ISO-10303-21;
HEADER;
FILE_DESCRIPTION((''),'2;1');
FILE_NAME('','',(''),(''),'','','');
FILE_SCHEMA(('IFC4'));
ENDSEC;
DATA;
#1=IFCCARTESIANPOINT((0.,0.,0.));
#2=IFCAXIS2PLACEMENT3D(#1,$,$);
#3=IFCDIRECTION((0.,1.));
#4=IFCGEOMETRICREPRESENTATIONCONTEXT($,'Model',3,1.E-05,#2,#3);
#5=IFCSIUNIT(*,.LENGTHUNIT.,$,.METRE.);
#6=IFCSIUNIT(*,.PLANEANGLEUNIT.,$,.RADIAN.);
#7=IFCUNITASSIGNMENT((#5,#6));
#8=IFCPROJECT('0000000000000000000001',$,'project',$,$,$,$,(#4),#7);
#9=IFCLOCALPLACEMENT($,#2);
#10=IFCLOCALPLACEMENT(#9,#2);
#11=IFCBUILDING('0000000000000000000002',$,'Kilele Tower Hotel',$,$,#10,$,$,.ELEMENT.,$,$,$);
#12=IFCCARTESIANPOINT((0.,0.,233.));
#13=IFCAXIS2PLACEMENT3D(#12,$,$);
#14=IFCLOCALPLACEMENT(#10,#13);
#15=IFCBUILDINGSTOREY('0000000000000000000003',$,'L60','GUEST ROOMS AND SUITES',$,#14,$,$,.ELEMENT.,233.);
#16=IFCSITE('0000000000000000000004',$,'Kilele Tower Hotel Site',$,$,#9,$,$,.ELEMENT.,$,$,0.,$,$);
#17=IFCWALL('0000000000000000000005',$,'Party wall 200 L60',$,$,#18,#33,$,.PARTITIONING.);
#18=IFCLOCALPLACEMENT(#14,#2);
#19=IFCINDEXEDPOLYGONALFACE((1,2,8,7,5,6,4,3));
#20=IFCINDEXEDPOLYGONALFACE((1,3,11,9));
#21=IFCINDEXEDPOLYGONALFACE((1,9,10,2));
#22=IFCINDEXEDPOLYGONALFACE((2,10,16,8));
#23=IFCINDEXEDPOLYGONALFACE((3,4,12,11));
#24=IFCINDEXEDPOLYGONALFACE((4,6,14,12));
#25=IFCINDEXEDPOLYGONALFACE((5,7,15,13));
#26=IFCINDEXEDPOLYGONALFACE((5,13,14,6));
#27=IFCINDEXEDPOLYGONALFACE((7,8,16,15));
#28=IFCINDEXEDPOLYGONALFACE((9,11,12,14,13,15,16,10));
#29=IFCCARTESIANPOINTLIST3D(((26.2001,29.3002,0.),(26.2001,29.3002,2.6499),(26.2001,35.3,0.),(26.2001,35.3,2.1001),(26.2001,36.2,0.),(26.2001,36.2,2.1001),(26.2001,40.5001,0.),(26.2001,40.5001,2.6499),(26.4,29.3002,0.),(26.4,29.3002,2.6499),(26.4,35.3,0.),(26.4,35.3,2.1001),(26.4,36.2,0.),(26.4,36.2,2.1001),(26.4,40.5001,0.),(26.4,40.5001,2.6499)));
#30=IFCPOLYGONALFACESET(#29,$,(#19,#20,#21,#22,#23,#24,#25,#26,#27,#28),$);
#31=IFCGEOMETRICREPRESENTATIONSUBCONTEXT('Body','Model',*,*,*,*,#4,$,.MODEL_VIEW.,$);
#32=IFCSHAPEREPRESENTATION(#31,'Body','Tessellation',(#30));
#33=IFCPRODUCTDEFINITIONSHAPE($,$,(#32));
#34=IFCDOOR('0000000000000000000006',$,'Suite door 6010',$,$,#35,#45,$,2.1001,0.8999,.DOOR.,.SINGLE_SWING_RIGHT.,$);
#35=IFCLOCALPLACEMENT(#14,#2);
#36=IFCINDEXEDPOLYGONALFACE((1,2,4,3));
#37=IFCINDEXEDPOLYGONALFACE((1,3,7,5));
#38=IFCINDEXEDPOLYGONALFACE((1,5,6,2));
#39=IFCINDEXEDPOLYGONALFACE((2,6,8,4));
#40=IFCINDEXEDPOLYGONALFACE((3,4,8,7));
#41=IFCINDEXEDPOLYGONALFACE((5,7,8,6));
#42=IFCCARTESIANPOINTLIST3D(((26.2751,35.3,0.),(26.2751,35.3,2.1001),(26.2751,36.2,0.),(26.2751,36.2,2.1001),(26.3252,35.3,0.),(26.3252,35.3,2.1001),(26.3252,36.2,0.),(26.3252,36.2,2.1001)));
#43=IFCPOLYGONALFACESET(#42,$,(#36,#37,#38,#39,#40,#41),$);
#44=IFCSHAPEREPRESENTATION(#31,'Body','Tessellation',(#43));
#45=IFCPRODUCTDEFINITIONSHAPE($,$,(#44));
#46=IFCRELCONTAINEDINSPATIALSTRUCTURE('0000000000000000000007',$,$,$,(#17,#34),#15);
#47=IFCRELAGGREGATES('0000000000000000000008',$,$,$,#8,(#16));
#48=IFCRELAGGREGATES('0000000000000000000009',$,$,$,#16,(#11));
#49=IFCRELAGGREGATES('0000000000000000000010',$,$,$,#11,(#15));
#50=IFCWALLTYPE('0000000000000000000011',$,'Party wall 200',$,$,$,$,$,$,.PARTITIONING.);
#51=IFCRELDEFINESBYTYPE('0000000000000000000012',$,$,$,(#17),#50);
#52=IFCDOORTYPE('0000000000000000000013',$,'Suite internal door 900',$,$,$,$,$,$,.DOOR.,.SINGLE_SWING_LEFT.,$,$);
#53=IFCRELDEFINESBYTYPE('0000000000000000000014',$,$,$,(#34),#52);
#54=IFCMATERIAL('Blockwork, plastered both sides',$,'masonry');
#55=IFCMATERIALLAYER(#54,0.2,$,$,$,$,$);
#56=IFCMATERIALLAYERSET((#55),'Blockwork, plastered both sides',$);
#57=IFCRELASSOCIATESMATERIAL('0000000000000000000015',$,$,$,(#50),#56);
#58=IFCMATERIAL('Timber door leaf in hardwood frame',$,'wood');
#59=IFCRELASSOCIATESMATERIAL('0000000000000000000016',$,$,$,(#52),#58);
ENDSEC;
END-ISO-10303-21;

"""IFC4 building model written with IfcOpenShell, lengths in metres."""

from ifc_helpers import new_model, si_unit, direction, frame, frame_2d, origin, place, context, subcontext, project, spatial, rectangle, extrude, material, layer, layer_set, type_object, element, fill, save


model = new_model("IFC4")

# Units and contexts
model_context = context("Model", 3, precision=1e-05, world=origin(), true_north=direction((0.0, 1.0)))
body_context = subcontext(model_context, "Body", "Model", "MODEL_VIEW")
ifc_project = project(units=[si_unit("LENGTHUNIT", "METRE"), si_unit("PLANEANGLEUNIT", "RADIAN")], contexts=[model_context])

# Site, building, storey
site_placement = place(None, origin())
site = spatial("IfcSite", under=ifc_project, at=site_placement, Name="Kilele Tower Hotel Site", CompositionType="ELEMENT", RefElevation=0.0)
building_placement = place(site_placement, origin())
building = spatial("IfcBuilding", under=site, at=building_placement, Name="Kilele Tower Hotel", CompositionType="ELEMENT")
storey_placement = place(building_placement, frame((0.0, 0.0, 233.0)))
storey = spatial("IfcBuildingStorey", under=building, at=storey_placement, Name="L60", Description="GUEST ROOMS AND SUITES", CompositionType="ELEMENT", Elevation=233.0)

# Wall, opening, door
ifc_material_1 = material(Name="Blockwork, plastered both sides", Category="masonry")
ifc_layer_1 = layer(ifc_material_1, 0.2)
ifc_layer_set_1 = layer_set([ifc_layer_1], Name="Blockwork, plastered both sides")
wall_type_1 = type_object("IfcWallType", Name="Party wall 200", PredefinedType="PARTITIONING", material=ifc_layer_set_1)
ifc_material_2 = material(Name="Timber door leaf in hardwood frame", Category="wood")
door_type_1 = type_object("IfcDoorType", Name="Suite internal door 900", OperationType="SINGLE_SWING_LEFT", PredefinedType="DOOR", material=ifc_material_2)
wall_1_placement = place(storey_placement, frame((26.3, 29.3, 0.0), z_axis=(0.0, 0.0, 1.0), x_axis=(0.0, 1.0, 0.0)))
wall_1 = element("IfcWall", 1, at=wall_1_placement, inside=storey, type_object=wall_type_1, Name="Party wall 200 L60", PredefinedType="PARTITIONING", context=body_context, shape_type="SweptSolid", body=[
    extrude(rectangle(XDim=11.2, YDim=0.2, at=frame_2d((5.6001, 0.0))), origin(), (0.0, 0.0, 1.0), 2.6499),
])
opening_1_placement = place(wall_1_placement, frame((6.0, 0.0, 0.0)))
opening_1 = element("IfcOpeningElement", 2, at=opening_1_placement, cuts=wall_1, PredefinedType="OPENING", context=body_context, shape_type="SweptSolid", body=[
    extrude(rectangle(XDim=0.8999, YDim=2.1001, at=frame_2d((0.45, 1.05))), frame((0.0, 0.1099, 0.0), z_axis=(0.0, -1.0, 0.0), x_axis=(1.0, 0.0, 0.0)), (0.0, 0.0, 1.0), 0.22),
])
door_1_placement = place(opening_1_placement, origin())
door_1 = element("IfcDoor", 3, at=door_1_placement, inside=storey, type_object=door_type_1, Name="Suite door 6010", OperationType="SINGLE_SWING_RIGHT", OverallHeight=2.1001, OverallWidth=0.8999, PredefinedType="DOOR", context=body_context, shape_type="SweptSolid", body=[
    extrude(rectangle(XDim=0.8999, YDim=2.1001, at=frame_2d((0.45, 1.05))), frame((0.0, 0.0249, 0.0), z_axis=(0.0, -1.0, 0.0), x_axis=(1.0, 0.0, 0.0)), (0.0, 0.0, 1.0), 0.05),
])
fill(opening_1, door_1)

save(model, "model.ifc")
